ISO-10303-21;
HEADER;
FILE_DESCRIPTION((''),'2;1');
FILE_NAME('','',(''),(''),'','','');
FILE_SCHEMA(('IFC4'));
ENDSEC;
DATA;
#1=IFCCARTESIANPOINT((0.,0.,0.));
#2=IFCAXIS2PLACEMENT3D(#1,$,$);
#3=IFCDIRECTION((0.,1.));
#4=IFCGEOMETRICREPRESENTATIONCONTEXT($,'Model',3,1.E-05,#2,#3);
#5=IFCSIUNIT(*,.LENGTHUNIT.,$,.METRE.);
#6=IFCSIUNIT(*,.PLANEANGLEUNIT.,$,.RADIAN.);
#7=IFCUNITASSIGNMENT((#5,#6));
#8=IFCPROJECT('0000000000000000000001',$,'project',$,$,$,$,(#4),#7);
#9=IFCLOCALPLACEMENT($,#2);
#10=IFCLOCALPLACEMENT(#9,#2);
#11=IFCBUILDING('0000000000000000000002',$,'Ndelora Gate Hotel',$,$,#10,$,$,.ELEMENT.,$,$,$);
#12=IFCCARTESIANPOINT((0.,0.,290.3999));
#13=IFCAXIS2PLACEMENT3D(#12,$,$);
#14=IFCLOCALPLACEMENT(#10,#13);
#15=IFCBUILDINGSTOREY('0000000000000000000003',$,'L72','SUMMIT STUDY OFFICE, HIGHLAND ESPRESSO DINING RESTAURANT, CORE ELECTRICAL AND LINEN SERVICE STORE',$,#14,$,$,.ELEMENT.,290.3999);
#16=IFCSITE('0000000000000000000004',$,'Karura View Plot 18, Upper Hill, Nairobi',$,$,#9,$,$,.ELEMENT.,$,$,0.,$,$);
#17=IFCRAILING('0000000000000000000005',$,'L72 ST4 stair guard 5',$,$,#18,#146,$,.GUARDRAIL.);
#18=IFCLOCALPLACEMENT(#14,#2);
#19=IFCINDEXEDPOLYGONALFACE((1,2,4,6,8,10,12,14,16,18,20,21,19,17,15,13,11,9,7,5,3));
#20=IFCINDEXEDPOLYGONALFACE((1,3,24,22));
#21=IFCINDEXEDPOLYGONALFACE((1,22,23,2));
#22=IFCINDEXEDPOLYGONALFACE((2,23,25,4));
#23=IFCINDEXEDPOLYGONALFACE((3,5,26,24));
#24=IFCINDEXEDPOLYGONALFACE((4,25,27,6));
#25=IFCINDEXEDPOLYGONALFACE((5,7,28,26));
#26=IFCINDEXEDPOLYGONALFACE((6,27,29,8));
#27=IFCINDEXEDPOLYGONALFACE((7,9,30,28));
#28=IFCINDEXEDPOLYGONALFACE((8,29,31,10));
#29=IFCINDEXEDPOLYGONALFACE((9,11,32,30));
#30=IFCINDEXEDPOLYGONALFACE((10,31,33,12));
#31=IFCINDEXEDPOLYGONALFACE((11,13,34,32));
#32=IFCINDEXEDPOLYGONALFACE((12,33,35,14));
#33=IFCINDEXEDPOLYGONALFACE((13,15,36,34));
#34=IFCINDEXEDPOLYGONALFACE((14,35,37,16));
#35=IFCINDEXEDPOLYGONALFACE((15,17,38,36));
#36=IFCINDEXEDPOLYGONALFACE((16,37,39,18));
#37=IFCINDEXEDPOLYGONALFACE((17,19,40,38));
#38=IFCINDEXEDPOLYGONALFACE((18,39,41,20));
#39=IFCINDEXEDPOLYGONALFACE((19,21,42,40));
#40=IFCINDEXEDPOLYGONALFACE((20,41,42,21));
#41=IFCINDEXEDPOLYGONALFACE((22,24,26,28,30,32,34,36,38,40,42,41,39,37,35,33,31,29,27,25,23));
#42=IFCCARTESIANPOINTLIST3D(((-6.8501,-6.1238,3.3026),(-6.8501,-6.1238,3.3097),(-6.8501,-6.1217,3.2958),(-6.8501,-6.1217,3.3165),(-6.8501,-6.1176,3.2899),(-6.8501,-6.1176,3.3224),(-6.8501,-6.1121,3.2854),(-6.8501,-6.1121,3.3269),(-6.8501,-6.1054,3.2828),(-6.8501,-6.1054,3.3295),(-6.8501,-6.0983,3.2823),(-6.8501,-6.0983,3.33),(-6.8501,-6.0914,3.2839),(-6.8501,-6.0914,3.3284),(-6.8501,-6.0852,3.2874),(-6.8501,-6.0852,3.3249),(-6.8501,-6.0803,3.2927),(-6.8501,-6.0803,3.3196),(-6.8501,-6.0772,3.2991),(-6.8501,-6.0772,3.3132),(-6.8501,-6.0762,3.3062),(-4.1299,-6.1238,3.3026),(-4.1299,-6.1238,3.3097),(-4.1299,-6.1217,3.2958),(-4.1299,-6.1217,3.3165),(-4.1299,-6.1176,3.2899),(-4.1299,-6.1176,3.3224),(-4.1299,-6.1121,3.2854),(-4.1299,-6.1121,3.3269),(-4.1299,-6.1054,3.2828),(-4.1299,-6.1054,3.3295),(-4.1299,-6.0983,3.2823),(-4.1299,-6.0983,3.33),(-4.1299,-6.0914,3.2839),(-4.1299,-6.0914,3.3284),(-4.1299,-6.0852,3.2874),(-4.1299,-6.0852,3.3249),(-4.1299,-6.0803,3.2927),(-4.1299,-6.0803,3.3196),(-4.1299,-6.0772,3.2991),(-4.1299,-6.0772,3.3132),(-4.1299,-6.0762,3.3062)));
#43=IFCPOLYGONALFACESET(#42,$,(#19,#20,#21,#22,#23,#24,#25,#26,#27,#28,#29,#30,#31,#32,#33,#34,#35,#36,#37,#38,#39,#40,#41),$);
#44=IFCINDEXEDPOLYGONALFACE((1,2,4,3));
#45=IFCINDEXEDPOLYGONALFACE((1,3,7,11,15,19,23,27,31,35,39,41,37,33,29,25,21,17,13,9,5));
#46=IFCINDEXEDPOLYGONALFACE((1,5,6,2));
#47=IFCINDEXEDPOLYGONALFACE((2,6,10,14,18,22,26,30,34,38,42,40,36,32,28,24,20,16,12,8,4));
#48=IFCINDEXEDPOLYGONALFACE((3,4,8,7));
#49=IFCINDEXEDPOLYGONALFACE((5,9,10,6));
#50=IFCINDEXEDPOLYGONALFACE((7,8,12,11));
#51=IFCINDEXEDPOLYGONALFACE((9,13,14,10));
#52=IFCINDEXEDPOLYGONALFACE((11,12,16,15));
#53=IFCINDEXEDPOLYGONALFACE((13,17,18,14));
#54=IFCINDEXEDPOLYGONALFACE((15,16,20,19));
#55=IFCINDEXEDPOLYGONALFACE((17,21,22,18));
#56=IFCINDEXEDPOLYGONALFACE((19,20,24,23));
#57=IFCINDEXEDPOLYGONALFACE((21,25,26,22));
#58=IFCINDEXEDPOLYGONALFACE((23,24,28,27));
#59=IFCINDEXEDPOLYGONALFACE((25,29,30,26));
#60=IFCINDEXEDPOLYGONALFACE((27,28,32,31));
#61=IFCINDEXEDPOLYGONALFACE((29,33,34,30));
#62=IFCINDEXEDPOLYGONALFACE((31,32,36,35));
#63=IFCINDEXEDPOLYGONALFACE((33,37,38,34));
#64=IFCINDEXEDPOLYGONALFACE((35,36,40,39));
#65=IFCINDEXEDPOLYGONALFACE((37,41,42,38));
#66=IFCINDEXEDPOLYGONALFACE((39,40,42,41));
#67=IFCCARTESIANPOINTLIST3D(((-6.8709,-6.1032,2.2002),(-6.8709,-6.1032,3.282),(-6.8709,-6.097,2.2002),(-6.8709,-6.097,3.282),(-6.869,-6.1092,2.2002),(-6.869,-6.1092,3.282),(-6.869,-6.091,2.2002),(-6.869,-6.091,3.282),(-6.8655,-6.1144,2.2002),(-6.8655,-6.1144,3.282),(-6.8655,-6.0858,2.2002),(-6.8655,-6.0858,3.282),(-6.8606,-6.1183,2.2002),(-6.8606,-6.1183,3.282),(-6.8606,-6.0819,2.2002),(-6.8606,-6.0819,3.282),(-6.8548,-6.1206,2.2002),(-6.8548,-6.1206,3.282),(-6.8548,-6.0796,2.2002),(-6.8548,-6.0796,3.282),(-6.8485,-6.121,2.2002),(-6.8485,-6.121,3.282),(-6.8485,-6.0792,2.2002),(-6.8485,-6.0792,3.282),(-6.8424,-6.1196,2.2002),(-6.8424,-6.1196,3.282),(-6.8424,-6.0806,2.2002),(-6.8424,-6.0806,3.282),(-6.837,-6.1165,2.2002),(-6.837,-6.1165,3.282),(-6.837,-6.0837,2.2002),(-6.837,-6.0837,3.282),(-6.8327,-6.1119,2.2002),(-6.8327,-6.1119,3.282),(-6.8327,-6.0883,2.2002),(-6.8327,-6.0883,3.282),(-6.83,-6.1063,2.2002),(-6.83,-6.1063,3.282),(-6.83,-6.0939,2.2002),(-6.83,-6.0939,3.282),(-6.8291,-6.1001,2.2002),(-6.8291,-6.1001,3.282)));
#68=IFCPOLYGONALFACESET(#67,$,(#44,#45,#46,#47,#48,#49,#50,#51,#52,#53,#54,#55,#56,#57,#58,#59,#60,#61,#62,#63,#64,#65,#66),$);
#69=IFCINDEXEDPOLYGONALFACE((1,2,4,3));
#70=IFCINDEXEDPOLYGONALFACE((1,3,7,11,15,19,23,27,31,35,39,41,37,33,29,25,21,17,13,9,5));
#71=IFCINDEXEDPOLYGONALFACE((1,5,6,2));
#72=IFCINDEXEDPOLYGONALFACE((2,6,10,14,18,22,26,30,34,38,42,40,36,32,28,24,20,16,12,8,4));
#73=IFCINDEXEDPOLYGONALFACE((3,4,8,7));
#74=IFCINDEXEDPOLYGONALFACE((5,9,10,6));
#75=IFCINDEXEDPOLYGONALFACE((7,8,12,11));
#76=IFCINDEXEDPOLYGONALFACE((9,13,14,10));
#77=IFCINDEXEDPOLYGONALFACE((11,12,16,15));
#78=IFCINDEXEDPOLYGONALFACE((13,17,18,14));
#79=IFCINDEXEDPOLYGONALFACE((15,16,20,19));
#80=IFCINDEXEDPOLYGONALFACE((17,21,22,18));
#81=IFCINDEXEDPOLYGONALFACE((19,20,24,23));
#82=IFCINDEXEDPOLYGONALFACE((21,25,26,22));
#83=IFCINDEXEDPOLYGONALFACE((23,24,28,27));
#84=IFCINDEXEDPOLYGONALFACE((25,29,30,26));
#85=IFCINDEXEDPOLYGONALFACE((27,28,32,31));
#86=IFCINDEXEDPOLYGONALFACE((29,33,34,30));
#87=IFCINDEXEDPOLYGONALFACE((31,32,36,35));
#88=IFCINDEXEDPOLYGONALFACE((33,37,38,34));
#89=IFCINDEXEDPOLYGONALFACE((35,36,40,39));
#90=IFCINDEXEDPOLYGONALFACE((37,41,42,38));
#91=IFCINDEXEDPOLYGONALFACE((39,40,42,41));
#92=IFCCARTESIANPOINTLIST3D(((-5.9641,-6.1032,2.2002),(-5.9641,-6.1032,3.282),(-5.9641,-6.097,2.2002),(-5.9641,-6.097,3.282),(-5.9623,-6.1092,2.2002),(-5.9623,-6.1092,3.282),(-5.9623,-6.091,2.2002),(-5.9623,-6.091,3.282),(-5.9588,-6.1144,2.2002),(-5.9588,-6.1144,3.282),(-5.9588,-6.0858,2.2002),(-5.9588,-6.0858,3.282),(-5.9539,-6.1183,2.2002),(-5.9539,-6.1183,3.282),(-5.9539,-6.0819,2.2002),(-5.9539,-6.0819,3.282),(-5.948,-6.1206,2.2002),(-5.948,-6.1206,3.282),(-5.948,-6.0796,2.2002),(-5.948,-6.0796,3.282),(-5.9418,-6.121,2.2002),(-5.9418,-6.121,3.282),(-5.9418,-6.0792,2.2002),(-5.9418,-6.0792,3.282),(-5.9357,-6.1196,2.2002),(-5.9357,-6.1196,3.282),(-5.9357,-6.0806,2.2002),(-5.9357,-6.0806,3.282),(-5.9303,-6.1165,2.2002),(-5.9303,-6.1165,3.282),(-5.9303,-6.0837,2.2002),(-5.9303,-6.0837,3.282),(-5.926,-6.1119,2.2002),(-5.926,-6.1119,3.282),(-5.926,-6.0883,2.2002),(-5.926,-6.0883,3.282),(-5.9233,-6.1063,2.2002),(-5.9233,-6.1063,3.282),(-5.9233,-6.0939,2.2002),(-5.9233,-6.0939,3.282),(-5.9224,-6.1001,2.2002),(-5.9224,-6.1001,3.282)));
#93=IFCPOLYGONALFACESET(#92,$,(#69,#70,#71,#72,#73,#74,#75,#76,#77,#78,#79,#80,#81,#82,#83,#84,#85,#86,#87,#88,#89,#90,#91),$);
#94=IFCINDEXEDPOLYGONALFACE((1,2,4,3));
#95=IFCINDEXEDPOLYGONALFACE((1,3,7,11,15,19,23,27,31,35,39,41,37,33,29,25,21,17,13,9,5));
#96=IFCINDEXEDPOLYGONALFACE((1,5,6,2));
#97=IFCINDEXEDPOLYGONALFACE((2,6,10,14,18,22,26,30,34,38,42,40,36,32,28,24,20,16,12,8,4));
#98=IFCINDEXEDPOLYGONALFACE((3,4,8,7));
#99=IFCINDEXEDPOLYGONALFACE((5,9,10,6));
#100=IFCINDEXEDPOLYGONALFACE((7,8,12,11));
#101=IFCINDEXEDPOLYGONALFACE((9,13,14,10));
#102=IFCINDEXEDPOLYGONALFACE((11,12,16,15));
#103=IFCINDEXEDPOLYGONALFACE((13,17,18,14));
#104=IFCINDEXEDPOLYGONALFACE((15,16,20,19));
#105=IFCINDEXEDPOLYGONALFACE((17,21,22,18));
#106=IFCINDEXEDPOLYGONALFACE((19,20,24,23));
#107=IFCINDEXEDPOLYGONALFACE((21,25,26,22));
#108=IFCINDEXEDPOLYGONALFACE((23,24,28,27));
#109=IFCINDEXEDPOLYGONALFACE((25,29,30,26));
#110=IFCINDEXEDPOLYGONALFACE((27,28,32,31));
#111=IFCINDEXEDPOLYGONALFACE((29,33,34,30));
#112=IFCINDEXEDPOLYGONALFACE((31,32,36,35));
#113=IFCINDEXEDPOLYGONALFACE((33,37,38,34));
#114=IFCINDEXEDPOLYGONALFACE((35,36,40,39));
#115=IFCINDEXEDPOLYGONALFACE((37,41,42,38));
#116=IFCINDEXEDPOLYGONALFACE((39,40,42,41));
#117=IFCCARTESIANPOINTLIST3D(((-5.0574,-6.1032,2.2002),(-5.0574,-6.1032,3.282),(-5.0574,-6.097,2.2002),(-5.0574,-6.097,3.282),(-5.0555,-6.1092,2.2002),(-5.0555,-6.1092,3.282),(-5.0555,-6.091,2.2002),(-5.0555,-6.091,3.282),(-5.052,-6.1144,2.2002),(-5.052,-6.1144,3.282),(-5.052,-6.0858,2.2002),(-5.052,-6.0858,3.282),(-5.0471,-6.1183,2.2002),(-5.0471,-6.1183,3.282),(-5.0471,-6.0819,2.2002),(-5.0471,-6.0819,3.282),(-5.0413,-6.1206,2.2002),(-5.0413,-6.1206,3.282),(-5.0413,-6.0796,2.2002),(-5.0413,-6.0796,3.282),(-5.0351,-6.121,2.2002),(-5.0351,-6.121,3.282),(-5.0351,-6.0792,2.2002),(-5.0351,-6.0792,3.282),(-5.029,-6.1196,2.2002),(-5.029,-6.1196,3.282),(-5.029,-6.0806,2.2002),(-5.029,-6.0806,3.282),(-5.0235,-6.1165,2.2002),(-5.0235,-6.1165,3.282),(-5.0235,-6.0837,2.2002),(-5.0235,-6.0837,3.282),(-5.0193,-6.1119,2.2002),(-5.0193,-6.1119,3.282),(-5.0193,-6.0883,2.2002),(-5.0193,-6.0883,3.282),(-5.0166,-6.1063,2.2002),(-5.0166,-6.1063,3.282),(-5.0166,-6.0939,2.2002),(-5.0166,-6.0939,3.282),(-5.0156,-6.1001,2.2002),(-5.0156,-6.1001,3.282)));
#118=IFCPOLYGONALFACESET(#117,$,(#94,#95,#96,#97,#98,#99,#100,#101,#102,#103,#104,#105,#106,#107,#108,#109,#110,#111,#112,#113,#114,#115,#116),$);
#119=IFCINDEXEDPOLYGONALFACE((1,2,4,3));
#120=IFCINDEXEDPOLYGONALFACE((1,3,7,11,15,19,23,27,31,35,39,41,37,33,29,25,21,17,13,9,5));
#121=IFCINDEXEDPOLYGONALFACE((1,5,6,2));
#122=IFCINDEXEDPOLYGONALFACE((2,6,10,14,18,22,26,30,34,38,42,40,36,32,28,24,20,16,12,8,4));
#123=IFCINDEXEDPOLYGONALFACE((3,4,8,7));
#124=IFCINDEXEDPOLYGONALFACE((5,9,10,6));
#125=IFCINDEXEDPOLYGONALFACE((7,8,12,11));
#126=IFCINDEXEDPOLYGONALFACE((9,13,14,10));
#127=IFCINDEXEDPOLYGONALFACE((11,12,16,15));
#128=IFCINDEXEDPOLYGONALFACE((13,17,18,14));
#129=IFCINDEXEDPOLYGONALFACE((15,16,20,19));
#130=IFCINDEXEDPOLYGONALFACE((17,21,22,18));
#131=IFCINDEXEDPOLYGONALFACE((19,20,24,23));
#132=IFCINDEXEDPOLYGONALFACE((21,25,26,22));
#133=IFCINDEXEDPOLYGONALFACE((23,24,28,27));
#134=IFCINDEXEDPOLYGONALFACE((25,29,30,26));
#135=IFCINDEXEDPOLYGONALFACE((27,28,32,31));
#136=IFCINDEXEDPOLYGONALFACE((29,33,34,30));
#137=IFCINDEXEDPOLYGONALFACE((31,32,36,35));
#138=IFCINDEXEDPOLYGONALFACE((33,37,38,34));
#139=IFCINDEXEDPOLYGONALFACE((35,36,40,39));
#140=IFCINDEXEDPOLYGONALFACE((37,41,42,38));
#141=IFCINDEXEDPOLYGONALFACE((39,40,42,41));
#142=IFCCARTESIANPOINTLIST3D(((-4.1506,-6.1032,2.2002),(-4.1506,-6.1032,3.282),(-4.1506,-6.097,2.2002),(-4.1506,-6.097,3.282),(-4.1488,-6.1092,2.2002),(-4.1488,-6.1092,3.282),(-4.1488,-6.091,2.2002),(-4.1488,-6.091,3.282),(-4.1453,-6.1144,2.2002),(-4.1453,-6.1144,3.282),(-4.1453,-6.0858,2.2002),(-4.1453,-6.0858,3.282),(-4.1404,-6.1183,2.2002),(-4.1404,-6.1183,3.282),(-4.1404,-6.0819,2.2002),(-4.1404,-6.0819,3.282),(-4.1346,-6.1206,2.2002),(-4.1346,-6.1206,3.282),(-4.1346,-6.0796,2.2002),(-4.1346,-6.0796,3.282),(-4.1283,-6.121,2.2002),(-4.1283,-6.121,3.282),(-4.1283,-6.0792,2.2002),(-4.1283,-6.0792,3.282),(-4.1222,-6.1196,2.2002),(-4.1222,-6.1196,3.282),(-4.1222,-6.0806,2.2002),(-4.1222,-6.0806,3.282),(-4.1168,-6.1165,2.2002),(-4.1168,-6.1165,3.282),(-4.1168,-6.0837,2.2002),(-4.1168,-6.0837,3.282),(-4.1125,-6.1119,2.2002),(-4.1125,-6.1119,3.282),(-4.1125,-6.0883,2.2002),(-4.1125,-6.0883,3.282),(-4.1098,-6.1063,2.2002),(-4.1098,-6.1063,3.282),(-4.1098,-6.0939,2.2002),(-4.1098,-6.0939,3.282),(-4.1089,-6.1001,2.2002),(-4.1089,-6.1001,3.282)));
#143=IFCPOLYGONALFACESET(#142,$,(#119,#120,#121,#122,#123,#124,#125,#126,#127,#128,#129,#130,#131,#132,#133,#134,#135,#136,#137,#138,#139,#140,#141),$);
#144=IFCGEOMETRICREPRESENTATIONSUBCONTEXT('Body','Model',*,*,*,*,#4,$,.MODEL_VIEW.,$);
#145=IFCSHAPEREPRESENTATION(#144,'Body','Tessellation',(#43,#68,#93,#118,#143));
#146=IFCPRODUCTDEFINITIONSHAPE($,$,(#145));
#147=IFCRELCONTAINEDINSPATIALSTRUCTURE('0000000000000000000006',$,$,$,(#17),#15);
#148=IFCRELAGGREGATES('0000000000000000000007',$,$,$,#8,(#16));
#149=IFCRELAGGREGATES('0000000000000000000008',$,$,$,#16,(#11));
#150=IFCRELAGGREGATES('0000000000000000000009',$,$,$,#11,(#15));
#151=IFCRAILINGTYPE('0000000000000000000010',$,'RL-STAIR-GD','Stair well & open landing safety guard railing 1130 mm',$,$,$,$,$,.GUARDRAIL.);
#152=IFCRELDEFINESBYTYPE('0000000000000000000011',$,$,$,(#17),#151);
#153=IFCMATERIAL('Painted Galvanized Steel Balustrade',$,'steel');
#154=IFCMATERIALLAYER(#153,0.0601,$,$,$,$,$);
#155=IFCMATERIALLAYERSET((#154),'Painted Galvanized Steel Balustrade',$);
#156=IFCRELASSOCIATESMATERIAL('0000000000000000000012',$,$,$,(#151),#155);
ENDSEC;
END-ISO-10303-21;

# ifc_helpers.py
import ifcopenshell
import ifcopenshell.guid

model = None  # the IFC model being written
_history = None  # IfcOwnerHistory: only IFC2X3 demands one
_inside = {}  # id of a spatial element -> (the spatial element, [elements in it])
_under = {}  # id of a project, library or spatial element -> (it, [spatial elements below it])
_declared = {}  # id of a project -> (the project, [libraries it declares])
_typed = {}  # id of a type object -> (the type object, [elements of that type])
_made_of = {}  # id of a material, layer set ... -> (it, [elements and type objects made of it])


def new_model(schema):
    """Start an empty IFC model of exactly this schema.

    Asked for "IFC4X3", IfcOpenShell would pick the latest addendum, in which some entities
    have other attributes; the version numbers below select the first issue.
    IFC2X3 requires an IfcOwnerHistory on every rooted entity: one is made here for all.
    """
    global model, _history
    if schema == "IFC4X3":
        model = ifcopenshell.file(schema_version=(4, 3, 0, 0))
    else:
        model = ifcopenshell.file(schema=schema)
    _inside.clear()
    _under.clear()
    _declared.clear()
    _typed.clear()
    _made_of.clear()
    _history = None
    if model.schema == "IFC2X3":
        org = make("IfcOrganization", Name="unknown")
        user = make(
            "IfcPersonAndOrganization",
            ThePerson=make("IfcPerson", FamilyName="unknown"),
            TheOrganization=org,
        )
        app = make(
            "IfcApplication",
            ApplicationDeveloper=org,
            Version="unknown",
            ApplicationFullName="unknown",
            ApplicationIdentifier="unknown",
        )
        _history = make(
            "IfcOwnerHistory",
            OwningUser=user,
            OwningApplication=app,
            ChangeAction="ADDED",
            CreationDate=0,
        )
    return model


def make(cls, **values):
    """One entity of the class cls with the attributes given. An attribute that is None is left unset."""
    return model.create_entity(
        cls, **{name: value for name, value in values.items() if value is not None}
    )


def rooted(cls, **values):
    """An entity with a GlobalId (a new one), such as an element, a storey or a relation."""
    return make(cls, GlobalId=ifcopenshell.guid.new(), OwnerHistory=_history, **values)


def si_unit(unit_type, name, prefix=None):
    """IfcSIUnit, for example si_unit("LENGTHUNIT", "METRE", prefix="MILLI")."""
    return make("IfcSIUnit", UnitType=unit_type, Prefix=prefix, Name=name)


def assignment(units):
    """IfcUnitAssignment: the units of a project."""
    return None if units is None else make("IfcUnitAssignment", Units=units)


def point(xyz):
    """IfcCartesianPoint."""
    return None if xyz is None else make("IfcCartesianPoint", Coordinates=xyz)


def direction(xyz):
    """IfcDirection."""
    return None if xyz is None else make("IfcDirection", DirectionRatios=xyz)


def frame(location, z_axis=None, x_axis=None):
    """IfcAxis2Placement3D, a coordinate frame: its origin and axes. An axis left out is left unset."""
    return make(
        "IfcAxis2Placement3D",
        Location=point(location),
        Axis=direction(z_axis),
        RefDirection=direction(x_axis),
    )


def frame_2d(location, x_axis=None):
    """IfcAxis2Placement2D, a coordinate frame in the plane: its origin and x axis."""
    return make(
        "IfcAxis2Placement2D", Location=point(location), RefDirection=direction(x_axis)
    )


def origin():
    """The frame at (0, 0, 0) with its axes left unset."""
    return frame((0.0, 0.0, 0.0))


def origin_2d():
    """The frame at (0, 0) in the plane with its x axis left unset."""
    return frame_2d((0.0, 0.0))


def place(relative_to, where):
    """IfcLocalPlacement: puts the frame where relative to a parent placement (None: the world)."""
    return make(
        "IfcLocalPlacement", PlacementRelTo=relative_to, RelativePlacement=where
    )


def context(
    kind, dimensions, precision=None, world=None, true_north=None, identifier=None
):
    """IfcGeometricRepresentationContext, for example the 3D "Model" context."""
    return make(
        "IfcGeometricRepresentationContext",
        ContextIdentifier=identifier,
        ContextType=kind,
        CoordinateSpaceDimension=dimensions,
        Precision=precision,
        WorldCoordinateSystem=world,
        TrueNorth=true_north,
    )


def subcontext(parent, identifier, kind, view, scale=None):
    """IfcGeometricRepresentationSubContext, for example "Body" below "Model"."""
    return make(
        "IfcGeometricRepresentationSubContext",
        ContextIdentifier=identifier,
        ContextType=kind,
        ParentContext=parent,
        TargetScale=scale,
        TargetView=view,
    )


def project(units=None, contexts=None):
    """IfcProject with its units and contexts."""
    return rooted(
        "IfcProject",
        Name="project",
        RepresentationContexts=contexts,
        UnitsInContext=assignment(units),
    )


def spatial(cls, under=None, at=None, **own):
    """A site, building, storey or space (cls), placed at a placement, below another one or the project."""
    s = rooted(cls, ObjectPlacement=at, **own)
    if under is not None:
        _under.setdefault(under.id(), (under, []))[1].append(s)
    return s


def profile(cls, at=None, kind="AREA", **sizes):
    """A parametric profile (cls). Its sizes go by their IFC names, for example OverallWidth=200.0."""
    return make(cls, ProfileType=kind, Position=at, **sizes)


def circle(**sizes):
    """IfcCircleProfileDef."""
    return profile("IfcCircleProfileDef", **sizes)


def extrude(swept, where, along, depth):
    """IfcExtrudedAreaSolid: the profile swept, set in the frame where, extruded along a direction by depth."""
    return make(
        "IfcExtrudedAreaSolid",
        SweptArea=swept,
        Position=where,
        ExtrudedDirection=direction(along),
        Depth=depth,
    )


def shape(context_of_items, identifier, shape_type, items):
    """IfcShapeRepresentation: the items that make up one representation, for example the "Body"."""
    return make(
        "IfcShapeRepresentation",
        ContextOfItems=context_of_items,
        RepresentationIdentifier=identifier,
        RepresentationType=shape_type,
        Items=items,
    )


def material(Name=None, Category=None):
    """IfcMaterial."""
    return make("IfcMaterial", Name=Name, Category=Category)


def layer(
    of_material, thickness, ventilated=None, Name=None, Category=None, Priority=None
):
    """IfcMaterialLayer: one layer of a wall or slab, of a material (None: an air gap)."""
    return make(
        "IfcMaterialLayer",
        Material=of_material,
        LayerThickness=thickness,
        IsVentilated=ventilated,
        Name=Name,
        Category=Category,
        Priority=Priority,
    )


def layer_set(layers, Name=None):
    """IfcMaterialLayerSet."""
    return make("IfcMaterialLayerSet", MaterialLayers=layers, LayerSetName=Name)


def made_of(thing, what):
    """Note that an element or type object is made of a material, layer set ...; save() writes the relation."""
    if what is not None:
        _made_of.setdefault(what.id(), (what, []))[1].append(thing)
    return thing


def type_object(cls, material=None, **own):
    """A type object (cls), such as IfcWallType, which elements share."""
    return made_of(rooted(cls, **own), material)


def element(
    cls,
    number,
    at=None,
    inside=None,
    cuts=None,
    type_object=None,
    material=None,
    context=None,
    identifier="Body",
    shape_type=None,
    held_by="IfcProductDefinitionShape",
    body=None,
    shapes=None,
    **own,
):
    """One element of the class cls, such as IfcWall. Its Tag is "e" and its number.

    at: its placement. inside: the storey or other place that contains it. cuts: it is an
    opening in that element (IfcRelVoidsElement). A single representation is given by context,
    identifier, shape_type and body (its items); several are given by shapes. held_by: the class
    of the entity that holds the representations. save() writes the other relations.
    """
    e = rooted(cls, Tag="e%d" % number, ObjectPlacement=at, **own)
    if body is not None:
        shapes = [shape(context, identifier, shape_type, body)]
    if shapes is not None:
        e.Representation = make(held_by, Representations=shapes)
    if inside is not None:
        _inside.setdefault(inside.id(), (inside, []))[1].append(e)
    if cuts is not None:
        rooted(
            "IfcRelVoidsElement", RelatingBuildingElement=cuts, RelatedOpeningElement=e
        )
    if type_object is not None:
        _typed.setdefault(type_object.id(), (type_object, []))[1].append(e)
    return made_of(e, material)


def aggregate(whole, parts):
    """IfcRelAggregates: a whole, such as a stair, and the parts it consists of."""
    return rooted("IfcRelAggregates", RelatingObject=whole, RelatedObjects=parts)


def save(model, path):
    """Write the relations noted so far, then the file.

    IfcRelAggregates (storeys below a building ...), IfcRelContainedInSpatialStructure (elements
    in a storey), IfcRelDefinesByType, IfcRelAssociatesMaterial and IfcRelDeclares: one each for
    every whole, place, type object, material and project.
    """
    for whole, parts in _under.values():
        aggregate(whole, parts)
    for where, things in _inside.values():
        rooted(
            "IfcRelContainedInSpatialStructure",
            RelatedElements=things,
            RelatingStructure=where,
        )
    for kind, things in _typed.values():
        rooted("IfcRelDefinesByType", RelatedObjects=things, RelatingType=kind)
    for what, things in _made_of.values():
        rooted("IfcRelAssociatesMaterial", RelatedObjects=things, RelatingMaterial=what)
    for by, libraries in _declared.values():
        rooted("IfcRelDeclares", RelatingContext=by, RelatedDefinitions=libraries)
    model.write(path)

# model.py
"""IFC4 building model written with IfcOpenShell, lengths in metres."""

from ifc_helpers import new_model, si_unit, direction, frame, origin, origin_2d, place, context, subcontext, project, spatial, circle, extrude, material, layer, layer_set, type_object, element, save


model = new_model("IFC4")

# Units and contexts
model_context = context("Model", 3, precision=1e-05, world=origin(), true_north=direction((0.0, 1.0)))
body_context = subcontext(model_context, "Body", "Model", "MODEL_VIEW")
ifc_project = project(units=[si_unit("LENGTHUNIT", "METRE"), si_unit("PLANEANGLEUNIT", "RADIAN")], contexts=[model_context])

# Site, building, storey
site_placement = place(None, origin())
site = spatial("IfcSite", under=ifc_project, at=site_placement, Name="Karura View Plot 18, Upper Hill, Nairobi", CompositionType="ELEMENT", RefElevation=0.0)
building_placement = place(site_placement, origin())
building = spatial("IfcBuilding", under=site, at=building_placement, Name="Ndelora Gate Hotel", CompositionType="ELEMENT")
storey_placement = place(building_placement, frame((0.0, 0.0, 290.3999)))
storey = spatial("IfcBuildingStorey", under=building, at=storey_placement, Name="L72", Description="SUMMIT STUDY OFFICE, HIGHLAND ESPRESSO DINING RESTAURANT, CORE ELECTRICAL AND LINEN SERVICE STORE", CompositionType="ELEMENT", Elevation=290.3999)

# Railing
ifc_material_1 = material(Name="Painted Galvanized Steel Balustrade", Category="steel")
ifc_layer_1 = layer(ifc_material_1, 0.0601)
ifc_layer_set_1 = layer_set([ifc_layer_1], Name="Painted Galvanized Steel Balustrade")
railing_type_1 = type_object("IfcRailingType", Name="RL-STAIR-GD", Description="Stair well & open landing safety guard railing 1130 mm", PredefinedType="GUARDRAIL", material=ifc_layer_set_1)
railing_1_placement = place(storey_placement, frame((-6.8501, -6.1001, 2.2002)))
element("IfcRailing", 1, at=railing_1_placement, inside=storey, type_object=railing_type_1, Name="L72 ST4 stair guard 5", PredefinedType="GUARDRAIL", context=body_context, shape_type="SweptSolid", body=[
    extrude(circle(Radius=0.0239, at=origin_2d()), frame((0.0, 0.0, 1.106), z_axis=(1.0, 0.0, 0.0), x_axis=(0.0, 1.0, 0.0)), (0.0, 0.0, 1.0), 2.7202),
    extrude(circle(Radius=0.021, at=origin_2d()), origin(), (0.0, 0.0, 1.0), 1.0818),
    extrude(circle(Radius=0.021, at=origin_2d()), frame((0.9067, 0.0, 0.0)), (0.0, 0.0, 1.0), 1.0818),
    extrude(circle(Radius=0.021, at=origin_2d()), frame((1.8135, 0.0, 0.0)), (0.0, 0.0, 1.0), 1.0818),
    extrude(circle(Radius=0.021, at=origin_2d()), frame((2.7202, 0.0, 0.0)), (0.0, 0.0, 1.0), 1.0818),
])

save(model, "model.ifc")
